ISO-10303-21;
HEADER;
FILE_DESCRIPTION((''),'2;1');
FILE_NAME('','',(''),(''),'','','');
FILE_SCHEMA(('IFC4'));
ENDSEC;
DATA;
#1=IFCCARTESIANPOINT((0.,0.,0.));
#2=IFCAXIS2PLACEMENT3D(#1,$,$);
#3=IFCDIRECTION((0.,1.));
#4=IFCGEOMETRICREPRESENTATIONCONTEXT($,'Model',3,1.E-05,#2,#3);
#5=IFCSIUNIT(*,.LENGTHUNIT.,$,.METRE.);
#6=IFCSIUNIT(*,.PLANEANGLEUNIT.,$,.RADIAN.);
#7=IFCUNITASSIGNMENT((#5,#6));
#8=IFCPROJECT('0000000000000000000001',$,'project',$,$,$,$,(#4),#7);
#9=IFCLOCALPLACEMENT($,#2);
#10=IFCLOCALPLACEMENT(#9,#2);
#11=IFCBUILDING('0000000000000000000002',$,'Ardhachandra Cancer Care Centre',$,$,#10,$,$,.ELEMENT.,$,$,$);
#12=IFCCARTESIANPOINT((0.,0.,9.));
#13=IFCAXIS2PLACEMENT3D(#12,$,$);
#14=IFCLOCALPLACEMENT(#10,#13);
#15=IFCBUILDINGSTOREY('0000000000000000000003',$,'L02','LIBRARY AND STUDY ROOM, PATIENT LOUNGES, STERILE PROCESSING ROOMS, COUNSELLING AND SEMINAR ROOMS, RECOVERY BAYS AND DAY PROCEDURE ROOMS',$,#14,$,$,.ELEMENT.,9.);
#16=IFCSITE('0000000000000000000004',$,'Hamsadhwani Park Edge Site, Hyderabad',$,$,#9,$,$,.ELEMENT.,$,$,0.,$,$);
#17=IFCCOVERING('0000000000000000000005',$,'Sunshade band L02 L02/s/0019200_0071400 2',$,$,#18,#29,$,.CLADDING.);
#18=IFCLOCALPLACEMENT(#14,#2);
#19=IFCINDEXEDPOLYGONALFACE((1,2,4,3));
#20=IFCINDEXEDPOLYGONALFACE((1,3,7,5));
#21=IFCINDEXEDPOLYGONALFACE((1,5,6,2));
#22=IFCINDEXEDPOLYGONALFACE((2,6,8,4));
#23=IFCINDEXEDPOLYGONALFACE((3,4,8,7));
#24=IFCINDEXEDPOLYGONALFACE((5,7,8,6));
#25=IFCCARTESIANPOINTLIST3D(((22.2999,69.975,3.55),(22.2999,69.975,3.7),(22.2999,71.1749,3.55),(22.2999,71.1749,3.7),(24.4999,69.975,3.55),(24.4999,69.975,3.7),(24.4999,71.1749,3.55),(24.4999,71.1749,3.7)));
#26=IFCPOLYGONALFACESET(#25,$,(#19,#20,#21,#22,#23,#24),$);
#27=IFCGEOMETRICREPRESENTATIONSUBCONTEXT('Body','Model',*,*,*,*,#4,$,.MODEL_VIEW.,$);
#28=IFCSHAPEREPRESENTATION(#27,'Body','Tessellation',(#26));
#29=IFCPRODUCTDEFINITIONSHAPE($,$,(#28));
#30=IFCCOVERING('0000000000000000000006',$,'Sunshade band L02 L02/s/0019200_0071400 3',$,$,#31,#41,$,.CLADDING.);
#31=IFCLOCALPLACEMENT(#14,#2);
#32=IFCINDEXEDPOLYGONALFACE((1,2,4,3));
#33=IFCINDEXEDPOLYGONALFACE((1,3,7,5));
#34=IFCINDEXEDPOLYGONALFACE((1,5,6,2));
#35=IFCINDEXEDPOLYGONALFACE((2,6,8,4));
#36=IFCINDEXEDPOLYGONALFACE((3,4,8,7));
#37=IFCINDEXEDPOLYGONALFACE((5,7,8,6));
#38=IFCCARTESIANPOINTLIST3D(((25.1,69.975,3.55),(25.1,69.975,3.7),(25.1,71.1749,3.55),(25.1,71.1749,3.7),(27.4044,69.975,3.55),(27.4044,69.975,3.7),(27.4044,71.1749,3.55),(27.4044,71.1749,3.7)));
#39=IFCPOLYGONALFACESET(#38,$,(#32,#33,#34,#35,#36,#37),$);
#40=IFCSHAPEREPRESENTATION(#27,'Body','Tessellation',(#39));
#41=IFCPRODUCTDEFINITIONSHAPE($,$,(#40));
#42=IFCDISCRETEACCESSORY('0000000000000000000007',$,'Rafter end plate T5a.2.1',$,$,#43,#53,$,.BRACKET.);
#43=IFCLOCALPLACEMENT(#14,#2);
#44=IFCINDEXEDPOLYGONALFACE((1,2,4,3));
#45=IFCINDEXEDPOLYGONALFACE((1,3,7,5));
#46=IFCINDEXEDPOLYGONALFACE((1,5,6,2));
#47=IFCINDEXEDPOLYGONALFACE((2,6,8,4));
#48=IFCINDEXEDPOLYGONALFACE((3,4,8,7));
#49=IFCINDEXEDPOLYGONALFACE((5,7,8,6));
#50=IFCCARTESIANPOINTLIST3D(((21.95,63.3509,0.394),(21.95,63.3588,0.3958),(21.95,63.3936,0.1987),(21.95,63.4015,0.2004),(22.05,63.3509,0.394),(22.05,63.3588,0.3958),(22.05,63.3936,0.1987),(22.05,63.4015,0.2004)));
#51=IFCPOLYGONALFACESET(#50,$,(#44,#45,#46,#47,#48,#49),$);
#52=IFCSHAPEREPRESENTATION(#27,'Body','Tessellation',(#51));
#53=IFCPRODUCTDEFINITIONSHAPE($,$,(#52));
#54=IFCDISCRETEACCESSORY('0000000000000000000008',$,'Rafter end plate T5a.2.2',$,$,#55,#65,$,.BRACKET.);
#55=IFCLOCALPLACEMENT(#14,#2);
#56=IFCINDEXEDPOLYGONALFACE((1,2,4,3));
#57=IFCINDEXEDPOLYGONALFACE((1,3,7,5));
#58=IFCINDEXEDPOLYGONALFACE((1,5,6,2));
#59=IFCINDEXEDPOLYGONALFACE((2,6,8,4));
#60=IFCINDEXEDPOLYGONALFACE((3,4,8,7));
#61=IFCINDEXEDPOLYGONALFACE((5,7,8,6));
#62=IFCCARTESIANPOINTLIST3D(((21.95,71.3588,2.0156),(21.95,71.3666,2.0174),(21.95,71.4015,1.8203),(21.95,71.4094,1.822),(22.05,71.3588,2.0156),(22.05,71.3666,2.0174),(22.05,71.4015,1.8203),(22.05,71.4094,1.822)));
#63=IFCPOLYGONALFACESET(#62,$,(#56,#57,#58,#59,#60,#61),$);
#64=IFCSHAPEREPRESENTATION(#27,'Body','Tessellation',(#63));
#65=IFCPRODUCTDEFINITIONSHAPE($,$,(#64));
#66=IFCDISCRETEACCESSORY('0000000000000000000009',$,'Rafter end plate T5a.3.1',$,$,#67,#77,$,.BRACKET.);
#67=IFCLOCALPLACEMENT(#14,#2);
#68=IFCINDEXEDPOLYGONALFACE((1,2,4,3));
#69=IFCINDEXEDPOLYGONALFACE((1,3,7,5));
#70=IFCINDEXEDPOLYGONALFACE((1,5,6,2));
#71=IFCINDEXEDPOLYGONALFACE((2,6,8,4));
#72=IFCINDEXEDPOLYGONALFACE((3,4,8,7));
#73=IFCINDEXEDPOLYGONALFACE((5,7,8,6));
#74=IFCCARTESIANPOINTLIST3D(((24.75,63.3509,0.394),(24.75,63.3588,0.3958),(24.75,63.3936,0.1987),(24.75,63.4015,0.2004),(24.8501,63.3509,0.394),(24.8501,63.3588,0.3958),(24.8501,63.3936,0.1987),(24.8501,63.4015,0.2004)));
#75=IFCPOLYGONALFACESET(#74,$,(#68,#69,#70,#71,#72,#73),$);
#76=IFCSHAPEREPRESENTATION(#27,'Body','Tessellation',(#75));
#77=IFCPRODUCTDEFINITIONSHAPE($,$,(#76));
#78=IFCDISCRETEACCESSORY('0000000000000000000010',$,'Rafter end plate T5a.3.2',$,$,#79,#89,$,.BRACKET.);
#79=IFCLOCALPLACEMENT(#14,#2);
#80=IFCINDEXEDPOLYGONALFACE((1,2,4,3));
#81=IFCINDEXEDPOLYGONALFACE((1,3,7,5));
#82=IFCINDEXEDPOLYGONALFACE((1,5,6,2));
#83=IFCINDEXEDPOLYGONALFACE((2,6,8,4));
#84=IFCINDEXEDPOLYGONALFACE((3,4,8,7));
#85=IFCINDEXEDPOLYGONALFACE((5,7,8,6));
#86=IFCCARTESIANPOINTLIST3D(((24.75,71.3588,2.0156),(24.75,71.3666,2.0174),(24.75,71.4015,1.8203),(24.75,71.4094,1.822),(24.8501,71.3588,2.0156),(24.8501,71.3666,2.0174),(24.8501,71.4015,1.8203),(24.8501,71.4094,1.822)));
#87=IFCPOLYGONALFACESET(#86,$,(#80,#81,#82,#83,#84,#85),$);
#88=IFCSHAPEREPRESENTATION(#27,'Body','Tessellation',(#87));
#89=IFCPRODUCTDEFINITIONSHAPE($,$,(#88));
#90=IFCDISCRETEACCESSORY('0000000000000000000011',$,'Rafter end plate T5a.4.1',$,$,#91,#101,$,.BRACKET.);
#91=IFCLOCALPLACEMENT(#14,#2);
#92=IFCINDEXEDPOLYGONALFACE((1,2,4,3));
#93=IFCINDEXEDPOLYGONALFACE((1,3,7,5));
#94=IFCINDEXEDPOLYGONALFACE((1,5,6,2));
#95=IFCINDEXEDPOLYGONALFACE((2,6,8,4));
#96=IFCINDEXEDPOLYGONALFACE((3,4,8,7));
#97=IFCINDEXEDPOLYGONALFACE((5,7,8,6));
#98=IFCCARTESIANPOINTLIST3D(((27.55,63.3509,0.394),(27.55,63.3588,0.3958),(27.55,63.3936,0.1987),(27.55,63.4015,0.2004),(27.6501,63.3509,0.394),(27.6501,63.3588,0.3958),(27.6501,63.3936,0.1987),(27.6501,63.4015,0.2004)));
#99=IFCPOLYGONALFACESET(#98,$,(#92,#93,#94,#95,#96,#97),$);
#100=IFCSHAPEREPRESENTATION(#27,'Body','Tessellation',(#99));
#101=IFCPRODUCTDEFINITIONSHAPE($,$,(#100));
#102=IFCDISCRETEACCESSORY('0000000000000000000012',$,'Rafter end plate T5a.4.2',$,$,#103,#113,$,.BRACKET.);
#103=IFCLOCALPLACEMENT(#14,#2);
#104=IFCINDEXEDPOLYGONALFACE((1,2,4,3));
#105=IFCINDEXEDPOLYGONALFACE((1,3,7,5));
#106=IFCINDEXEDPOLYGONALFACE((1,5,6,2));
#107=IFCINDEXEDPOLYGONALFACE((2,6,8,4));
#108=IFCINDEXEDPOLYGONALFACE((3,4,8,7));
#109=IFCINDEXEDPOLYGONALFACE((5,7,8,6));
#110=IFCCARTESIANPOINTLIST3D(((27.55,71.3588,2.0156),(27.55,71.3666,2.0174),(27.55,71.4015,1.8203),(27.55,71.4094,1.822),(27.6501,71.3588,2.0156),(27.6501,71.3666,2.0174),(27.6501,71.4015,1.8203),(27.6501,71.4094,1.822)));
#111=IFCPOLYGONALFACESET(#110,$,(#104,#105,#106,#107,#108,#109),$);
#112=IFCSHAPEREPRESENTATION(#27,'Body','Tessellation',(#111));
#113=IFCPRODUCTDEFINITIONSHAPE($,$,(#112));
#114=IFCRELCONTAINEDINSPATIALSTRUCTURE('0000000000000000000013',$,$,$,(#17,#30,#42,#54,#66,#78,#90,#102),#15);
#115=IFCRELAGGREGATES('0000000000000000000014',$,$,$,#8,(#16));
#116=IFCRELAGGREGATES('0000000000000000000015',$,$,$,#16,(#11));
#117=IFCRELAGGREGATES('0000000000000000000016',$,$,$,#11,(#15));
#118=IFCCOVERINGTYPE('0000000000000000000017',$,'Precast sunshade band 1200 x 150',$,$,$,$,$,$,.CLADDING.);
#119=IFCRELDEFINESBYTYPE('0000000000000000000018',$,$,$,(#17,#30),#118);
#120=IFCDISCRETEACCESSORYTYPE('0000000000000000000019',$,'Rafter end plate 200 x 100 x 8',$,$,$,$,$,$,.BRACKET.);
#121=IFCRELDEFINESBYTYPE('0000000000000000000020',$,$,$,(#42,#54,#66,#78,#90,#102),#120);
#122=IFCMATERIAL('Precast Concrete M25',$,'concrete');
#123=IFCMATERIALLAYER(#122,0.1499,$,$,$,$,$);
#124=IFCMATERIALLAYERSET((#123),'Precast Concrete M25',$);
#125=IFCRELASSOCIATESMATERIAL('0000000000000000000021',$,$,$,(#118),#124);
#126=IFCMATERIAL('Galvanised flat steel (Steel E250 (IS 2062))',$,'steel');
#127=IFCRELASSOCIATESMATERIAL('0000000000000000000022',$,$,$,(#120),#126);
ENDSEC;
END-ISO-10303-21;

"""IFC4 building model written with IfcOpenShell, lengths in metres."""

from ifc_helpers import new_model, si_unit, direction, frame, origin, origin_2d, place, context, subcontext, project, spatial, rectangle, extrude, material, layer, layer_set, material_profile, profile_set, type_object, element, save


model = new_model("IFC4")

# Units and contexts
model_context = context("Model", 3, precision=1e-05, world=origin(), true_north=direction((0.0, 1.0)))
body_context = subcontext(model_context, "Body", "Model", "MODEL_VIEW")
ifc_project = project(units=[si_unit("LENGTHUNIT", "METRE"), si_unit("PLANEANGLEUNIT", "RADIAN")], contexts=[model_context])

# Site, building, storey
site_placement = place(None, origin())
site = spatial("IfcSite", under=ifc_project, at=site_placement, Name="Hamsadhwani Park Edge Site, Hyderabad", CompositionType="ELEMENT", RefElevation=0.0)
building_placement = place(site_placement, origin())
building = spatial("IfcBuilding", under=site, at=building_placement, Name="Ardhachandra Cancer Care Centre", CompositionType="ELEMENT")
storey_placement = place(building_placement, frame((0.0, 0.0, 9.0)))
storey = spatial("IfcBuildingStorey", under=building, at=storey_placement, Name="L02", Description="LIBRARY AND STUDY ROOM, PATIENT LOUNGES, STERILE PROCESSING ROOMS, COUNSELLING AND SEMINAR ROOMS, RECOVERY BAYS AND DAY PROCEDURE ROOMS", CompositionType="ELEMENT", Elevation=9.0)

# Coverings
ifc_material_1 = material(Name="Precast Concrete M25", Category="concrete")
ifc_layer_1 = layer(ifc_material_1, 0.1499)
ifc_layer_set_1 = layer_set([ifc_layer_1], Name="Precast Concrete M25")
covering_type_1 = type_object("IfcCoveringType", Name="Precast sunshade band 1200 x 150", PredefinedType="CLADDING", material=ifc_layer_set_1)
covering_1_placement = place(storey_placement, frame((23.3999, 70.575, 3.55), z_axis=(0.0, 0.0, 1.0), x_axis=(1.0, 0.0, 0.0)))
element("IfcCovering", 1, at=covering_1_placement, inside=storey, type_object=covering_type_1, Name="Sunshade band L02 L02/s/0019200_0071400 2", PredefinedType="CLADDING", context=body_context, shape_type="SweptSolid", body=[
    extrude(rectangle(XDim=2.2, YDim=1.2, at=origin_2d()), origin(), (0.0, 0.0, 1.0), 0.1499),
])
covering_2_placement = place(storey_placement, frame((26.2522, 70.575, 3.55), z_axis=(0.0, 0.0, 1.0), x_axis=(1.0, 0.0, 0.0)))
element("IfcCovering", 2, at=covering_2_placement, inside=storey, type_object=covering_type_1, Name="Sunshade band L02 L02/s/0019200_0071400 3", PredefinedType="CLADDING", context=body_context, shape_type="SweptSolid", body=[
    extrude(rectangle(XDim=2.3044, YDim=1.2, at=origin_2d()), origin(), (0.0, 0.0, 1.0), 0.1499),
])

# Discrete accessories
ifc_material_2 = material(Name="Galvanised flat steel (Steel E250 (IS 2062))", Category="steel")
ifc_material_profile_1 = material_profile(ifc_material_2, rectangle(XDim=0.1001, YDim=0.2, at=origin_2d()), Name="Rafter end plate 200 x 100 x 8")
ifc_profile_set_1 = profile_set([ifc_material_profile_1], Name="Galvanised flat steel (Steel E250 (IS 2062))")
discrete_accessory_type = type_object("IfcDiscreteAccessoryType", Name="Rafter end plate 200 x 100 x 8", PredefinedType="BRACKET", material=ifc_profile_set_1)
for number, where, z_axis, x_axis, name in (
    (3, (22.0, 63.3801, 0.2981), (0.0, -0.9769, -0.213697), (1.0, 0.0, 0.0), "Rafter end plate T5a.2.1"),
    (4, (22.0, 71.3801, 1.918), (0.0, 0.9769, 0.213697), (-1.0, 0.0, 0.0), "Rafter end plate T5a.2.2"),
    (5, (24.8, 63.3801, 0.2981), (0.0, -0.9769, -0.213697), (1.0, 0.0, 0.0), "Rafter end plate T5a.3.1"),
    (6, (24.8, 71.3801, 1.918), (0.0, 0.9769, 0.213697), (-1.0, 0.0, 0.0), "Rafter end plate T5a.3.2"),
    (7, (27.6001, 63.3801, 0.2981), (0.0, -0.9769, -0.213697), (1.0, 0.0, 0.0), "Rafter end plate T5a.4.1"),
    (8, (27.6001, 71.3801, 1.918), (0.0, 0.9769, 0.213697), (-1.0, 0.0, 0.0), "Rafter end plate T5a.4.2"),
):
    element("IfcDiscreteAccessory", number, at=place(storey_placement, frame(where, z_axis=z_axis, x_axis=x_axis)), inside=storey, type_object=discrete_accessory_type, Name=name, PredefinedType="BRACKET", context=body_context, shape_type="SweptSolid", body=[
        extrude(rectangle(XDim=0.1001, YDim=0.2, at=origin_2d()), origin(), (0.0, 0.0, 1.0), 0.0081),
    ])

save(model, "model.ifc")
